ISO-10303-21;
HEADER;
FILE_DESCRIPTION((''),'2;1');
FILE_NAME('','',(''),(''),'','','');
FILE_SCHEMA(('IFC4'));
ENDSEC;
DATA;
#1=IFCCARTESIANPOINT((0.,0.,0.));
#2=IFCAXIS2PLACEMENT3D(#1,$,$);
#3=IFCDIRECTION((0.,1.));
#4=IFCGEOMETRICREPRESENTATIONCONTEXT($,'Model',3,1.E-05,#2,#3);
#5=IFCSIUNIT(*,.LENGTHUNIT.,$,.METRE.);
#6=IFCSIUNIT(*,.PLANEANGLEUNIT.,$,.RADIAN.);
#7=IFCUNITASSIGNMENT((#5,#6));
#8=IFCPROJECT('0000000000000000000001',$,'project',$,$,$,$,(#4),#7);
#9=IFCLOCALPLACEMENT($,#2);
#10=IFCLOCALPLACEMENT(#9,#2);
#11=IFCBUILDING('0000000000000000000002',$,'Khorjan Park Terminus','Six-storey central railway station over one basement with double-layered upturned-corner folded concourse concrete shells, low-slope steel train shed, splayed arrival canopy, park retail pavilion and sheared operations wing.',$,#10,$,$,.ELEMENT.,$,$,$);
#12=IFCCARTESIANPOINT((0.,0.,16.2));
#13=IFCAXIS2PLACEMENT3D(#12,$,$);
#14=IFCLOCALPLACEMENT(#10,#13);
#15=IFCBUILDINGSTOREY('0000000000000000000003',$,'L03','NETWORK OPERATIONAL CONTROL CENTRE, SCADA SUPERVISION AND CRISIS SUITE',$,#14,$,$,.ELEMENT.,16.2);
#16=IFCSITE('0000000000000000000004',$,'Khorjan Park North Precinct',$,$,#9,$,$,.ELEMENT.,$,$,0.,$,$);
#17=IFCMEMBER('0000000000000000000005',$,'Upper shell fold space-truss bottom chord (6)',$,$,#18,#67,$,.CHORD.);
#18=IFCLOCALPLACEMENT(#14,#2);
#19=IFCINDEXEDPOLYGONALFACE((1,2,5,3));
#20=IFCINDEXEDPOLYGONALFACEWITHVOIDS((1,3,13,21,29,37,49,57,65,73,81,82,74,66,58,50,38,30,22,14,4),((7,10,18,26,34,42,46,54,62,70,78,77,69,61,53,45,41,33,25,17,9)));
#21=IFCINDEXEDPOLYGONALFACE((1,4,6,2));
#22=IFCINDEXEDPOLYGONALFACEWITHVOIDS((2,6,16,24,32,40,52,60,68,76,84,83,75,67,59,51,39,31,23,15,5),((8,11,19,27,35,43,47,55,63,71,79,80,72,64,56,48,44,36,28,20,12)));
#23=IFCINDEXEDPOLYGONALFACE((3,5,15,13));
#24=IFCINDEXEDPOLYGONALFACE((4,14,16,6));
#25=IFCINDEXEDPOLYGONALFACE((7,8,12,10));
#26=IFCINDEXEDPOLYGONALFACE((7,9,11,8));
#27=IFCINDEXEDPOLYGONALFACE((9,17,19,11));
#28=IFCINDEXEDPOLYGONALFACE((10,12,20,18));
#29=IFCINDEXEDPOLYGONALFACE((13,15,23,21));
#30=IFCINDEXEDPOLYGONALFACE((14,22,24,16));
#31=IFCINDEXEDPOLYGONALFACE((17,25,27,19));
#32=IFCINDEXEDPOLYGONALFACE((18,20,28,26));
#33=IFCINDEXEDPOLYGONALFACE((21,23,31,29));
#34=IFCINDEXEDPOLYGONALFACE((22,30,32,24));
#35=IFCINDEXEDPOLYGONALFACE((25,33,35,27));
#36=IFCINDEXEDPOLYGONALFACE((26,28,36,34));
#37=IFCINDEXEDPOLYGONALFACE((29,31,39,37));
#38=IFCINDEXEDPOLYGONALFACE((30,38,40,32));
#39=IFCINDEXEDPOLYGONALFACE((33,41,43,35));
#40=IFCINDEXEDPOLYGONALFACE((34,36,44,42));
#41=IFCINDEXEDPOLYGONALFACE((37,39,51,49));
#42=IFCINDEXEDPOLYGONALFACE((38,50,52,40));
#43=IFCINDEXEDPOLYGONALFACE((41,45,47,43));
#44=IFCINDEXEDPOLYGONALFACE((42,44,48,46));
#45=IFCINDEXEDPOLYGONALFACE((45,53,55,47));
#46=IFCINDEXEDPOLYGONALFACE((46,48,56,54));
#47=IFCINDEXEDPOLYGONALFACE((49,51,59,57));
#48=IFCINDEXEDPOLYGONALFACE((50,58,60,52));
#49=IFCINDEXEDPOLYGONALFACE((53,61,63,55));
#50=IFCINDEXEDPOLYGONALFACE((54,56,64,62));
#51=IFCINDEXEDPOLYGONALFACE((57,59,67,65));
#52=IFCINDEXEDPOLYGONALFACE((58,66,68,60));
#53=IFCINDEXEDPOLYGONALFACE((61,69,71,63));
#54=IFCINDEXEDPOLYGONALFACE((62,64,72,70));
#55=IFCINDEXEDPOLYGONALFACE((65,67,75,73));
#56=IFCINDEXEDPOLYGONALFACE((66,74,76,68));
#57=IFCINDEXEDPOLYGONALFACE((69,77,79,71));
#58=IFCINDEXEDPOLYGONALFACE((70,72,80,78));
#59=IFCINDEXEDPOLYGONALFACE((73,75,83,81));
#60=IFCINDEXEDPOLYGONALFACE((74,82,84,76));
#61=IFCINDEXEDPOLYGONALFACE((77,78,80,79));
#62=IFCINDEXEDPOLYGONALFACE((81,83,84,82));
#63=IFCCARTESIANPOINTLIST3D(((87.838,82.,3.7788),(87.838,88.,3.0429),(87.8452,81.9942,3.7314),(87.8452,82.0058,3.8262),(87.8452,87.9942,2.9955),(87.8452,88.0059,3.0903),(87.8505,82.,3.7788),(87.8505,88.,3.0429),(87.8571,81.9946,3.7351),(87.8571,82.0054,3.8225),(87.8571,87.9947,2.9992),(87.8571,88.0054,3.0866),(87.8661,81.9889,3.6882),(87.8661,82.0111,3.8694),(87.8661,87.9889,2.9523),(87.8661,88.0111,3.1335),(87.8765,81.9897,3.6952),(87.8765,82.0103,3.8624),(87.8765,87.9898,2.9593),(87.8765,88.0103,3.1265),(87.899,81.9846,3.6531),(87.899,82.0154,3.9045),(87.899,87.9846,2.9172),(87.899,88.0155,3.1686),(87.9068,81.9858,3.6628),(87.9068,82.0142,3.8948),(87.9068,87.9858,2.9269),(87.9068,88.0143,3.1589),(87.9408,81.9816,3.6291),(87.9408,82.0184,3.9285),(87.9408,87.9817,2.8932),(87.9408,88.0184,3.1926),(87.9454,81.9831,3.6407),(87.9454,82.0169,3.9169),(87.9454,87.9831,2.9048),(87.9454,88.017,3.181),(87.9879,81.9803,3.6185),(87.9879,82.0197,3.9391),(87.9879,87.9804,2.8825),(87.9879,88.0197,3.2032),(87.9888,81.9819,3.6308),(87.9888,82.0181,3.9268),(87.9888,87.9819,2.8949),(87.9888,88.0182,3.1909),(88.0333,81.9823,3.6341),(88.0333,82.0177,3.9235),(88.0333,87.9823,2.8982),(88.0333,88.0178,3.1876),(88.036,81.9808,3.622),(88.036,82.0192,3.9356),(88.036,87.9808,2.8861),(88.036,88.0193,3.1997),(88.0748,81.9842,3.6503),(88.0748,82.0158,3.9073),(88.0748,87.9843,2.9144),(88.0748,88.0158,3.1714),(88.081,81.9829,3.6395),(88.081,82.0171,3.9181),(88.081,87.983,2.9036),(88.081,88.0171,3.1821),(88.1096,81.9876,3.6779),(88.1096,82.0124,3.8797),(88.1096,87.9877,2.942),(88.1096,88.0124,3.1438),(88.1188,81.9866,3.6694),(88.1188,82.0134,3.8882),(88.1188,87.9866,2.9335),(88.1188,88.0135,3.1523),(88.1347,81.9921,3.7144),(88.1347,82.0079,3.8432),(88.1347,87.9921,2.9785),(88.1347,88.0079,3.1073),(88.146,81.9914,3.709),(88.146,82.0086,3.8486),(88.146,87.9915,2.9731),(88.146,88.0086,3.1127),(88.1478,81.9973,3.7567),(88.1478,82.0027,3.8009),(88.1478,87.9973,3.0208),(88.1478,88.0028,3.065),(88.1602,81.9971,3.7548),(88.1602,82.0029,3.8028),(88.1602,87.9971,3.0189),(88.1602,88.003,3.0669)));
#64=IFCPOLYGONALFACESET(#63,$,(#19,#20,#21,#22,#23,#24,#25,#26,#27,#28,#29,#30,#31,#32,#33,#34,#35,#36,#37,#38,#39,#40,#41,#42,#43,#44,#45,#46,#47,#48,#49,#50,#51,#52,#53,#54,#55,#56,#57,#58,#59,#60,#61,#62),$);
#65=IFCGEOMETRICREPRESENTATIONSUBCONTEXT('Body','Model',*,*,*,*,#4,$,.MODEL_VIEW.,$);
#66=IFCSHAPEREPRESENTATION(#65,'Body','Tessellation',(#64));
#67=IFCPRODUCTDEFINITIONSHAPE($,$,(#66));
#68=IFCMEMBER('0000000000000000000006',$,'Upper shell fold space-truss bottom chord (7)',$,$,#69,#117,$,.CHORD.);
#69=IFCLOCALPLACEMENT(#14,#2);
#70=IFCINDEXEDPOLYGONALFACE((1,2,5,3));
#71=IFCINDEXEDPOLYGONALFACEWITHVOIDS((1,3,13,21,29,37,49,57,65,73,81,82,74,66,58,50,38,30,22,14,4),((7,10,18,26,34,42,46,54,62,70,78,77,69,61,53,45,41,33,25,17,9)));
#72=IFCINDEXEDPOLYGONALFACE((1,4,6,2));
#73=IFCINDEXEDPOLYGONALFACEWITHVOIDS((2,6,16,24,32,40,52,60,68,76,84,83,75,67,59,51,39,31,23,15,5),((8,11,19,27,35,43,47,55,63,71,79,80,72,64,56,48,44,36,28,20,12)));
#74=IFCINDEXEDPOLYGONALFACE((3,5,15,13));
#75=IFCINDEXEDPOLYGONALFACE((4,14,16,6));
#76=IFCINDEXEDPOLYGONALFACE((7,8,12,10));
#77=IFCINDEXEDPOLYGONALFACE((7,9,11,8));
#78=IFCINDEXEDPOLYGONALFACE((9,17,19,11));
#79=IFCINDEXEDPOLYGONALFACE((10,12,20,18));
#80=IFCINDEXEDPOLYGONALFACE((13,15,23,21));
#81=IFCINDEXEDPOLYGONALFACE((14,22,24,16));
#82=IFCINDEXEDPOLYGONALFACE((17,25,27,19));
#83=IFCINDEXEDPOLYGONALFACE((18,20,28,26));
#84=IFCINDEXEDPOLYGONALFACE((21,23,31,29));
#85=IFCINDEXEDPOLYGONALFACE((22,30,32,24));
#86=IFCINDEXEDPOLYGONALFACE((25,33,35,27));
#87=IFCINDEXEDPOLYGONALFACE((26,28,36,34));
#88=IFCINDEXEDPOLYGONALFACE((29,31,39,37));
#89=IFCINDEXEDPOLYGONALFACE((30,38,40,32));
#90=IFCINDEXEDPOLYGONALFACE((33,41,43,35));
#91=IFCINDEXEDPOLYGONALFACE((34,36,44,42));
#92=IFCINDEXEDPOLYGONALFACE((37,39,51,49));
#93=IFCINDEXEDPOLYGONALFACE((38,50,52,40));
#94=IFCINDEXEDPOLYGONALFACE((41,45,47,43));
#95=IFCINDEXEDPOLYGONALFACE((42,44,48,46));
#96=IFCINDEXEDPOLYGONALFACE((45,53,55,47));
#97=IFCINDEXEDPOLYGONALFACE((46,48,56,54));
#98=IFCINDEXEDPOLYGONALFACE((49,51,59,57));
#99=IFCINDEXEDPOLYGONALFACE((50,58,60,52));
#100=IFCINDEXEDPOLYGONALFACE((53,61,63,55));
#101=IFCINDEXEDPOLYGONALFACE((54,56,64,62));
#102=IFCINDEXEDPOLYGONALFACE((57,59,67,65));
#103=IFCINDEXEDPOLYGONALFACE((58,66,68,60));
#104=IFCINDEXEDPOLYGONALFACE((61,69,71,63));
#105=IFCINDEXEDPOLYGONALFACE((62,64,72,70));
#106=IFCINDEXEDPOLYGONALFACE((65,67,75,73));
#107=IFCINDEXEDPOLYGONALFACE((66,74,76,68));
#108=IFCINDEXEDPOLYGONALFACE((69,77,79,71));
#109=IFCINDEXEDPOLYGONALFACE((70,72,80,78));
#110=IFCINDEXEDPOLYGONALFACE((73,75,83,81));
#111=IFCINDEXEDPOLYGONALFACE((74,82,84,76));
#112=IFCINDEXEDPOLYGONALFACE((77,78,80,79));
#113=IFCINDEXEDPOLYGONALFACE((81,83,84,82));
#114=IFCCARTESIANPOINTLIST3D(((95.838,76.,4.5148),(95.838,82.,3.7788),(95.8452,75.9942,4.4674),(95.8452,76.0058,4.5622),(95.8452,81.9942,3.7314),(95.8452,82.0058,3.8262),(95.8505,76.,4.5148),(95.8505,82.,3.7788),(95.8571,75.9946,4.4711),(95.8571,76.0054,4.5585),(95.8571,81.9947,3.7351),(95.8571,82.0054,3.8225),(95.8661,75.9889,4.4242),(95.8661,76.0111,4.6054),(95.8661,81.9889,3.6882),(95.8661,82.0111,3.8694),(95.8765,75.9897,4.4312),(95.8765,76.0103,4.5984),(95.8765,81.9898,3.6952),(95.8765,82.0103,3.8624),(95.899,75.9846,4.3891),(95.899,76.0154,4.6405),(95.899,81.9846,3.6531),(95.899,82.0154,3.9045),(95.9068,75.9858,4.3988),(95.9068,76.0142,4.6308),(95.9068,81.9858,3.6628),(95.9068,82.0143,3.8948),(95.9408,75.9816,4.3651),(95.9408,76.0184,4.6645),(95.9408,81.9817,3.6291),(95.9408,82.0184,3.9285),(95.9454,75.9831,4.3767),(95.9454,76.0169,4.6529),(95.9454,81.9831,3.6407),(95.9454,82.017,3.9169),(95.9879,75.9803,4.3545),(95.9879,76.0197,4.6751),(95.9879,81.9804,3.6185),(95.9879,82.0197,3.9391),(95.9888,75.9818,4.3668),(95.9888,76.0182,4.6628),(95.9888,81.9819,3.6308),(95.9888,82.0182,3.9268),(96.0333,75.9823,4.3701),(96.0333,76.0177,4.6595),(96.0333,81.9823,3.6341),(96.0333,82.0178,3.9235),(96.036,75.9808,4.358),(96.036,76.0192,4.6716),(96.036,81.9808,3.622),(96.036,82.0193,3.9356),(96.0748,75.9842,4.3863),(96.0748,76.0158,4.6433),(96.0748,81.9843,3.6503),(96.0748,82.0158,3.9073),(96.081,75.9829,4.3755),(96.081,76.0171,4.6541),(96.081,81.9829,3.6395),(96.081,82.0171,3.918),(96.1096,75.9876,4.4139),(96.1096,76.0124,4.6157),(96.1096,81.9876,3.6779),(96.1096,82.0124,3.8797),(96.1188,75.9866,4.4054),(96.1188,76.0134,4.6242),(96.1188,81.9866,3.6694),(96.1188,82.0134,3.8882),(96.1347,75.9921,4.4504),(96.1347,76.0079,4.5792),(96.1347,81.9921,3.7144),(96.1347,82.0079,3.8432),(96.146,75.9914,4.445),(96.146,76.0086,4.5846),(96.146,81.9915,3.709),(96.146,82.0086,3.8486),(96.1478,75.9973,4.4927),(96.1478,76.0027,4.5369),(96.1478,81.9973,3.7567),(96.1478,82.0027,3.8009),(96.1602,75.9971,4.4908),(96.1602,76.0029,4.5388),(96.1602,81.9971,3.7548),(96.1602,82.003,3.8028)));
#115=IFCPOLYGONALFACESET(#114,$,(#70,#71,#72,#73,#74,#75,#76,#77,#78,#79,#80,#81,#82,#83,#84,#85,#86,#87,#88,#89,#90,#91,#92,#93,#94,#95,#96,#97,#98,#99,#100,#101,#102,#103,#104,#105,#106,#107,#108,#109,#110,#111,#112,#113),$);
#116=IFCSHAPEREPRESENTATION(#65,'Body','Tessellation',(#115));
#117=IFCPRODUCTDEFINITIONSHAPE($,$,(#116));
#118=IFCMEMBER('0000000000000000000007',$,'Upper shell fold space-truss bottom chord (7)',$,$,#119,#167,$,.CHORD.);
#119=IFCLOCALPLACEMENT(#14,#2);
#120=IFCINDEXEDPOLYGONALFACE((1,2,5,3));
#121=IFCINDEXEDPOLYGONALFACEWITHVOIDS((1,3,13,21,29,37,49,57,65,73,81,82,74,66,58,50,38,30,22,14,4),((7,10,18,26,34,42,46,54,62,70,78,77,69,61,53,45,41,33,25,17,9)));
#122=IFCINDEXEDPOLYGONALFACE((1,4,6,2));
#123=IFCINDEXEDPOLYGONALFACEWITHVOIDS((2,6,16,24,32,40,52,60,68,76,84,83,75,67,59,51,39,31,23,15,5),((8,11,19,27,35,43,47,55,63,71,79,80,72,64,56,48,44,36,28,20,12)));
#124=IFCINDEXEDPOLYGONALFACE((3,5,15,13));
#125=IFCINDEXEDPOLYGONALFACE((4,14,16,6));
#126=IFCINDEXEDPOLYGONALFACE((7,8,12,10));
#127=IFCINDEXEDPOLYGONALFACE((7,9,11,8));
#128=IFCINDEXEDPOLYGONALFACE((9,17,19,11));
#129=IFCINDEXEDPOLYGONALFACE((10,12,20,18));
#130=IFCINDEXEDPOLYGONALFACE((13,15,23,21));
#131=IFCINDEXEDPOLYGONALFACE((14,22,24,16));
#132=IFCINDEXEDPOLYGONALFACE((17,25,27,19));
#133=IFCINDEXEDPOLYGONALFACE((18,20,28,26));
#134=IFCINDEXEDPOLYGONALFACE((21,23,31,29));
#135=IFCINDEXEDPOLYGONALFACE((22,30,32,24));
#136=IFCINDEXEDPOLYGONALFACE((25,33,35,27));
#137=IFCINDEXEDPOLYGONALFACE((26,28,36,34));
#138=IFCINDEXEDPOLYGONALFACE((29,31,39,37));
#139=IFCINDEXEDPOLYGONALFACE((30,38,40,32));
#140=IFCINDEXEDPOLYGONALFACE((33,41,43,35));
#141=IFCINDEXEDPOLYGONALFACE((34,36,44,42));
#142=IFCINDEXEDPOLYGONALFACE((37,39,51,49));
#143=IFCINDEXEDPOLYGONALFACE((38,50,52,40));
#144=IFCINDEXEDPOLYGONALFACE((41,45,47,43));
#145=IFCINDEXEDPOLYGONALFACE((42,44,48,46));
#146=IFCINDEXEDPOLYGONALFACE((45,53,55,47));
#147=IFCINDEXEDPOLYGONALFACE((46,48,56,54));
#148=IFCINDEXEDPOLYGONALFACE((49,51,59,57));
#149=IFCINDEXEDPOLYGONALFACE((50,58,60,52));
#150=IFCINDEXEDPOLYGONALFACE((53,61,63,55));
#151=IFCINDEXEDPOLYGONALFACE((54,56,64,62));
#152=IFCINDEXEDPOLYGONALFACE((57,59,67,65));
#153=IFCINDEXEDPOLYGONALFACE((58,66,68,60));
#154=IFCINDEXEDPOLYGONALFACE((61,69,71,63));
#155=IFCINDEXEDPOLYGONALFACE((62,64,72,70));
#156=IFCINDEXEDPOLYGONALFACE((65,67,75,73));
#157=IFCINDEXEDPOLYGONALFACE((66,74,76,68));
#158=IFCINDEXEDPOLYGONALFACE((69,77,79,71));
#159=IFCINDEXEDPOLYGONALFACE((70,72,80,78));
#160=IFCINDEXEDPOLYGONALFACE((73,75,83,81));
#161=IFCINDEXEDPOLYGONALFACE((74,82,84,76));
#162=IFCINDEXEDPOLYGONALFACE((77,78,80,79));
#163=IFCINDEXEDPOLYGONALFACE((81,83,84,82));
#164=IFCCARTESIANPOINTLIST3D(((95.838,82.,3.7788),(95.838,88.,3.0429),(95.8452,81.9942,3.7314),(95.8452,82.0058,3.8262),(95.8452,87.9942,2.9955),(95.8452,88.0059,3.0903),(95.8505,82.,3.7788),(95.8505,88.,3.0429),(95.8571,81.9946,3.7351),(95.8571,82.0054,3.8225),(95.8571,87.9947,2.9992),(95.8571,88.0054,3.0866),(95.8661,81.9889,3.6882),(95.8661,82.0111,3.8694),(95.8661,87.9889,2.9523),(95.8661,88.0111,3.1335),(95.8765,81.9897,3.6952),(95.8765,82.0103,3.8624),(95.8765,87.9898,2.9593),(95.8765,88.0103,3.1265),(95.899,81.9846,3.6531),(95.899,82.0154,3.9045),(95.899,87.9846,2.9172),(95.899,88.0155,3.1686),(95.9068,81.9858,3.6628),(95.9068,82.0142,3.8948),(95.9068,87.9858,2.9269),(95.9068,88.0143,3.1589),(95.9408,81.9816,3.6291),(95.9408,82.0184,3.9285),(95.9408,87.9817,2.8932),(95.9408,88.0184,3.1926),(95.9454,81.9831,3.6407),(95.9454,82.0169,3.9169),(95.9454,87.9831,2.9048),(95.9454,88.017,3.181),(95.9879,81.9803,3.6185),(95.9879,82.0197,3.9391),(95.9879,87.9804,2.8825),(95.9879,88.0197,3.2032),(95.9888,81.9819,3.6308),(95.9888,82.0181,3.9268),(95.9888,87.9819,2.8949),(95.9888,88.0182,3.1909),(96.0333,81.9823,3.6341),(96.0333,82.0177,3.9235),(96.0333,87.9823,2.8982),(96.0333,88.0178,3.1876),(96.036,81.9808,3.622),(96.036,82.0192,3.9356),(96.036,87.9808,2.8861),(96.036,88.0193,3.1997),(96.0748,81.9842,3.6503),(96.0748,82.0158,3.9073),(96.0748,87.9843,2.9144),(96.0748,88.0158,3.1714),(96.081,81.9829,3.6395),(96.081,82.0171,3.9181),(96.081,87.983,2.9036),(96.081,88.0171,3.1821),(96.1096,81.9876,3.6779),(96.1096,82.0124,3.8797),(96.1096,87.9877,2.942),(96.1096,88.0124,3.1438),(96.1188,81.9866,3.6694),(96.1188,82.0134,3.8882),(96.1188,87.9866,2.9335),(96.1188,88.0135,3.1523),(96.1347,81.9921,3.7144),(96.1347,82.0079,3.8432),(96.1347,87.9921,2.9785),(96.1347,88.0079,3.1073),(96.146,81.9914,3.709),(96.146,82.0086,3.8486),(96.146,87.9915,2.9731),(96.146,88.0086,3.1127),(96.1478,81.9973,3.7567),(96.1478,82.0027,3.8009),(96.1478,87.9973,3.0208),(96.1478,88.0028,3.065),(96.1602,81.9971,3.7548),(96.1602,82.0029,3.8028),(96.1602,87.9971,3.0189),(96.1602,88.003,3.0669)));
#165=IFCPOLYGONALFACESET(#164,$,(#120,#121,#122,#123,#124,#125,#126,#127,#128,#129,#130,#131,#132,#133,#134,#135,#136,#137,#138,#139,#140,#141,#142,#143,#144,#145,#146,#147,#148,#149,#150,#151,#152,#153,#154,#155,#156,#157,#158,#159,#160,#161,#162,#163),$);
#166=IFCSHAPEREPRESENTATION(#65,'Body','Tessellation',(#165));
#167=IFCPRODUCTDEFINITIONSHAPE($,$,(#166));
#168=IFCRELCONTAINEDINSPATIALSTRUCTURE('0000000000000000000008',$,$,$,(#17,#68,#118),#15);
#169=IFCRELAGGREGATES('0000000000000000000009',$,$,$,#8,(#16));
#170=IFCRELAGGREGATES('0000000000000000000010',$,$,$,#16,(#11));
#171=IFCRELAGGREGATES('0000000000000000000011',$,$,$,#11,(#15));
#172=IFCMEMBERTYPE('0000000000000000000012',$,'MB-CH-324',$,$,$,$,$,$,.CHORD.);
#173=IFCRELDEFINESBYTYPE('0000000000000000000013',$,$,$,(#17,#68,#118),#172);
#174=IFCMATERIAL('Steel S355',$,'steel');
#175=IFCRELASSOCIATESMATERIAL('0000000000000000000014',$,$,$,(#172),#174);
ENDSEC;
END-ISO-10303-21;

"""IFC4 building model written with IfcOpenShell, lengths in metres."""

from ifc_helpers import new_model, si_unit, direction, frame, origin, origin_2d, place, context, subcontext, project, spatial, hollow_circle, extrude, material, material_profile, profile_set, type_object, element, save


model = new_model("IFC4")

# Units and contexts
model_context = context("Model", 3, precision=1e-05, world=origin(), true_north=direction((0.0, 1.0)))
body_context = subcontext(model_context, "Body", "Model", "MODEL_VIEW")
ifc_project = project(units=[si_unit("LENGTHUNIT", "METRE"), si_unit("PLANEANGLEUNIT", "RADIAN")], contexts=[model_context])

# Site, building, storey
site_placement = place(None, origin())
site = spatial("IfcSite", under=ifc_project, at=site_placement, Name="Khorjan Park North Precinct", CompositionType="ELEMENT", RefElevation=0.0)
building_placement = place(site_placement, origin())
building = spatial("IfcBuilding", under=site, at=building_placement, Name="Khorjan Park Terminus", Description="Six-storey central railway station over one basement with double-layered upturned-corner folded concourse concrete shells, low-slope steel train shed, splayed arrival canopy, park retail pavilion and sheared operations wing.", CompositionType="ELEMENT")
storey_placement = place(building_placement, frame((0.0, 0.0, 16.2)))
storey = spatial("IfcBuildingStorey", under=building, at=storey_placement, Name="L03", Description="NETWORK OPERATIONAL CONTROL CENTRE, SCADA SUPERVISION AND CRISIS SUITE", CompositionType="ELEMENT", Elevation=16.2)

# Members
ifc_material = material(Name="Steel S355", Category="steel")
ifc_material_profile_1 = material_profile(ifc_material, hollow_circle(Radius=0.162, WallThickness=0.0125, at=origin_2d()), Name="CHS 323.9x12.5")
ifc_profile_set_1 = profile_set([ifc_material_profile_1], Name="Steel S355")
member_type_1 = type_object("IfcMemberType", Name="MB-CH-324", PredefinedType="CHORD", material=ifc_profile_set_1)
for number, where, z_axis, x_axis, name in (
    (1, (88.0, 82.0, 3.7788), (0.0, 0.992562, -0.121738), (-1.0, 0.0, 0.0), "Upper shell fold space-truss bottom chord (6)"),
    (2, (96.0, 76.0, 4.5148), (0.0, 0.99256, -0.121754), (-1.0, 0.0, 0.0), "Upper shell fold space-truss bottom chord (7)"),
    (3, (96.0, 82.0, 3.7788), (0.0, 0.992562, -0.121738), (-1.0, 0.0, 0.0), "Upper shell fold space-truss bottom chord (7)"),
):
    element("IfcMember", number, at=place(storey_placement, frame(where, z_axis=z_axis, x_axis=x_axis)), inside=storey, type_object=member_type_1, Name=name, PredefinedType="CHORD", context=body_context, shape_type="SweptSolid", body=[
        extrude(hollow_circle(Radius=0.162, WallThickness=0.0125, at=origin_2d()), origin(), (0.0, 0.0, 1.0), 6.045),
    ])

save(model, "model.ifc")
